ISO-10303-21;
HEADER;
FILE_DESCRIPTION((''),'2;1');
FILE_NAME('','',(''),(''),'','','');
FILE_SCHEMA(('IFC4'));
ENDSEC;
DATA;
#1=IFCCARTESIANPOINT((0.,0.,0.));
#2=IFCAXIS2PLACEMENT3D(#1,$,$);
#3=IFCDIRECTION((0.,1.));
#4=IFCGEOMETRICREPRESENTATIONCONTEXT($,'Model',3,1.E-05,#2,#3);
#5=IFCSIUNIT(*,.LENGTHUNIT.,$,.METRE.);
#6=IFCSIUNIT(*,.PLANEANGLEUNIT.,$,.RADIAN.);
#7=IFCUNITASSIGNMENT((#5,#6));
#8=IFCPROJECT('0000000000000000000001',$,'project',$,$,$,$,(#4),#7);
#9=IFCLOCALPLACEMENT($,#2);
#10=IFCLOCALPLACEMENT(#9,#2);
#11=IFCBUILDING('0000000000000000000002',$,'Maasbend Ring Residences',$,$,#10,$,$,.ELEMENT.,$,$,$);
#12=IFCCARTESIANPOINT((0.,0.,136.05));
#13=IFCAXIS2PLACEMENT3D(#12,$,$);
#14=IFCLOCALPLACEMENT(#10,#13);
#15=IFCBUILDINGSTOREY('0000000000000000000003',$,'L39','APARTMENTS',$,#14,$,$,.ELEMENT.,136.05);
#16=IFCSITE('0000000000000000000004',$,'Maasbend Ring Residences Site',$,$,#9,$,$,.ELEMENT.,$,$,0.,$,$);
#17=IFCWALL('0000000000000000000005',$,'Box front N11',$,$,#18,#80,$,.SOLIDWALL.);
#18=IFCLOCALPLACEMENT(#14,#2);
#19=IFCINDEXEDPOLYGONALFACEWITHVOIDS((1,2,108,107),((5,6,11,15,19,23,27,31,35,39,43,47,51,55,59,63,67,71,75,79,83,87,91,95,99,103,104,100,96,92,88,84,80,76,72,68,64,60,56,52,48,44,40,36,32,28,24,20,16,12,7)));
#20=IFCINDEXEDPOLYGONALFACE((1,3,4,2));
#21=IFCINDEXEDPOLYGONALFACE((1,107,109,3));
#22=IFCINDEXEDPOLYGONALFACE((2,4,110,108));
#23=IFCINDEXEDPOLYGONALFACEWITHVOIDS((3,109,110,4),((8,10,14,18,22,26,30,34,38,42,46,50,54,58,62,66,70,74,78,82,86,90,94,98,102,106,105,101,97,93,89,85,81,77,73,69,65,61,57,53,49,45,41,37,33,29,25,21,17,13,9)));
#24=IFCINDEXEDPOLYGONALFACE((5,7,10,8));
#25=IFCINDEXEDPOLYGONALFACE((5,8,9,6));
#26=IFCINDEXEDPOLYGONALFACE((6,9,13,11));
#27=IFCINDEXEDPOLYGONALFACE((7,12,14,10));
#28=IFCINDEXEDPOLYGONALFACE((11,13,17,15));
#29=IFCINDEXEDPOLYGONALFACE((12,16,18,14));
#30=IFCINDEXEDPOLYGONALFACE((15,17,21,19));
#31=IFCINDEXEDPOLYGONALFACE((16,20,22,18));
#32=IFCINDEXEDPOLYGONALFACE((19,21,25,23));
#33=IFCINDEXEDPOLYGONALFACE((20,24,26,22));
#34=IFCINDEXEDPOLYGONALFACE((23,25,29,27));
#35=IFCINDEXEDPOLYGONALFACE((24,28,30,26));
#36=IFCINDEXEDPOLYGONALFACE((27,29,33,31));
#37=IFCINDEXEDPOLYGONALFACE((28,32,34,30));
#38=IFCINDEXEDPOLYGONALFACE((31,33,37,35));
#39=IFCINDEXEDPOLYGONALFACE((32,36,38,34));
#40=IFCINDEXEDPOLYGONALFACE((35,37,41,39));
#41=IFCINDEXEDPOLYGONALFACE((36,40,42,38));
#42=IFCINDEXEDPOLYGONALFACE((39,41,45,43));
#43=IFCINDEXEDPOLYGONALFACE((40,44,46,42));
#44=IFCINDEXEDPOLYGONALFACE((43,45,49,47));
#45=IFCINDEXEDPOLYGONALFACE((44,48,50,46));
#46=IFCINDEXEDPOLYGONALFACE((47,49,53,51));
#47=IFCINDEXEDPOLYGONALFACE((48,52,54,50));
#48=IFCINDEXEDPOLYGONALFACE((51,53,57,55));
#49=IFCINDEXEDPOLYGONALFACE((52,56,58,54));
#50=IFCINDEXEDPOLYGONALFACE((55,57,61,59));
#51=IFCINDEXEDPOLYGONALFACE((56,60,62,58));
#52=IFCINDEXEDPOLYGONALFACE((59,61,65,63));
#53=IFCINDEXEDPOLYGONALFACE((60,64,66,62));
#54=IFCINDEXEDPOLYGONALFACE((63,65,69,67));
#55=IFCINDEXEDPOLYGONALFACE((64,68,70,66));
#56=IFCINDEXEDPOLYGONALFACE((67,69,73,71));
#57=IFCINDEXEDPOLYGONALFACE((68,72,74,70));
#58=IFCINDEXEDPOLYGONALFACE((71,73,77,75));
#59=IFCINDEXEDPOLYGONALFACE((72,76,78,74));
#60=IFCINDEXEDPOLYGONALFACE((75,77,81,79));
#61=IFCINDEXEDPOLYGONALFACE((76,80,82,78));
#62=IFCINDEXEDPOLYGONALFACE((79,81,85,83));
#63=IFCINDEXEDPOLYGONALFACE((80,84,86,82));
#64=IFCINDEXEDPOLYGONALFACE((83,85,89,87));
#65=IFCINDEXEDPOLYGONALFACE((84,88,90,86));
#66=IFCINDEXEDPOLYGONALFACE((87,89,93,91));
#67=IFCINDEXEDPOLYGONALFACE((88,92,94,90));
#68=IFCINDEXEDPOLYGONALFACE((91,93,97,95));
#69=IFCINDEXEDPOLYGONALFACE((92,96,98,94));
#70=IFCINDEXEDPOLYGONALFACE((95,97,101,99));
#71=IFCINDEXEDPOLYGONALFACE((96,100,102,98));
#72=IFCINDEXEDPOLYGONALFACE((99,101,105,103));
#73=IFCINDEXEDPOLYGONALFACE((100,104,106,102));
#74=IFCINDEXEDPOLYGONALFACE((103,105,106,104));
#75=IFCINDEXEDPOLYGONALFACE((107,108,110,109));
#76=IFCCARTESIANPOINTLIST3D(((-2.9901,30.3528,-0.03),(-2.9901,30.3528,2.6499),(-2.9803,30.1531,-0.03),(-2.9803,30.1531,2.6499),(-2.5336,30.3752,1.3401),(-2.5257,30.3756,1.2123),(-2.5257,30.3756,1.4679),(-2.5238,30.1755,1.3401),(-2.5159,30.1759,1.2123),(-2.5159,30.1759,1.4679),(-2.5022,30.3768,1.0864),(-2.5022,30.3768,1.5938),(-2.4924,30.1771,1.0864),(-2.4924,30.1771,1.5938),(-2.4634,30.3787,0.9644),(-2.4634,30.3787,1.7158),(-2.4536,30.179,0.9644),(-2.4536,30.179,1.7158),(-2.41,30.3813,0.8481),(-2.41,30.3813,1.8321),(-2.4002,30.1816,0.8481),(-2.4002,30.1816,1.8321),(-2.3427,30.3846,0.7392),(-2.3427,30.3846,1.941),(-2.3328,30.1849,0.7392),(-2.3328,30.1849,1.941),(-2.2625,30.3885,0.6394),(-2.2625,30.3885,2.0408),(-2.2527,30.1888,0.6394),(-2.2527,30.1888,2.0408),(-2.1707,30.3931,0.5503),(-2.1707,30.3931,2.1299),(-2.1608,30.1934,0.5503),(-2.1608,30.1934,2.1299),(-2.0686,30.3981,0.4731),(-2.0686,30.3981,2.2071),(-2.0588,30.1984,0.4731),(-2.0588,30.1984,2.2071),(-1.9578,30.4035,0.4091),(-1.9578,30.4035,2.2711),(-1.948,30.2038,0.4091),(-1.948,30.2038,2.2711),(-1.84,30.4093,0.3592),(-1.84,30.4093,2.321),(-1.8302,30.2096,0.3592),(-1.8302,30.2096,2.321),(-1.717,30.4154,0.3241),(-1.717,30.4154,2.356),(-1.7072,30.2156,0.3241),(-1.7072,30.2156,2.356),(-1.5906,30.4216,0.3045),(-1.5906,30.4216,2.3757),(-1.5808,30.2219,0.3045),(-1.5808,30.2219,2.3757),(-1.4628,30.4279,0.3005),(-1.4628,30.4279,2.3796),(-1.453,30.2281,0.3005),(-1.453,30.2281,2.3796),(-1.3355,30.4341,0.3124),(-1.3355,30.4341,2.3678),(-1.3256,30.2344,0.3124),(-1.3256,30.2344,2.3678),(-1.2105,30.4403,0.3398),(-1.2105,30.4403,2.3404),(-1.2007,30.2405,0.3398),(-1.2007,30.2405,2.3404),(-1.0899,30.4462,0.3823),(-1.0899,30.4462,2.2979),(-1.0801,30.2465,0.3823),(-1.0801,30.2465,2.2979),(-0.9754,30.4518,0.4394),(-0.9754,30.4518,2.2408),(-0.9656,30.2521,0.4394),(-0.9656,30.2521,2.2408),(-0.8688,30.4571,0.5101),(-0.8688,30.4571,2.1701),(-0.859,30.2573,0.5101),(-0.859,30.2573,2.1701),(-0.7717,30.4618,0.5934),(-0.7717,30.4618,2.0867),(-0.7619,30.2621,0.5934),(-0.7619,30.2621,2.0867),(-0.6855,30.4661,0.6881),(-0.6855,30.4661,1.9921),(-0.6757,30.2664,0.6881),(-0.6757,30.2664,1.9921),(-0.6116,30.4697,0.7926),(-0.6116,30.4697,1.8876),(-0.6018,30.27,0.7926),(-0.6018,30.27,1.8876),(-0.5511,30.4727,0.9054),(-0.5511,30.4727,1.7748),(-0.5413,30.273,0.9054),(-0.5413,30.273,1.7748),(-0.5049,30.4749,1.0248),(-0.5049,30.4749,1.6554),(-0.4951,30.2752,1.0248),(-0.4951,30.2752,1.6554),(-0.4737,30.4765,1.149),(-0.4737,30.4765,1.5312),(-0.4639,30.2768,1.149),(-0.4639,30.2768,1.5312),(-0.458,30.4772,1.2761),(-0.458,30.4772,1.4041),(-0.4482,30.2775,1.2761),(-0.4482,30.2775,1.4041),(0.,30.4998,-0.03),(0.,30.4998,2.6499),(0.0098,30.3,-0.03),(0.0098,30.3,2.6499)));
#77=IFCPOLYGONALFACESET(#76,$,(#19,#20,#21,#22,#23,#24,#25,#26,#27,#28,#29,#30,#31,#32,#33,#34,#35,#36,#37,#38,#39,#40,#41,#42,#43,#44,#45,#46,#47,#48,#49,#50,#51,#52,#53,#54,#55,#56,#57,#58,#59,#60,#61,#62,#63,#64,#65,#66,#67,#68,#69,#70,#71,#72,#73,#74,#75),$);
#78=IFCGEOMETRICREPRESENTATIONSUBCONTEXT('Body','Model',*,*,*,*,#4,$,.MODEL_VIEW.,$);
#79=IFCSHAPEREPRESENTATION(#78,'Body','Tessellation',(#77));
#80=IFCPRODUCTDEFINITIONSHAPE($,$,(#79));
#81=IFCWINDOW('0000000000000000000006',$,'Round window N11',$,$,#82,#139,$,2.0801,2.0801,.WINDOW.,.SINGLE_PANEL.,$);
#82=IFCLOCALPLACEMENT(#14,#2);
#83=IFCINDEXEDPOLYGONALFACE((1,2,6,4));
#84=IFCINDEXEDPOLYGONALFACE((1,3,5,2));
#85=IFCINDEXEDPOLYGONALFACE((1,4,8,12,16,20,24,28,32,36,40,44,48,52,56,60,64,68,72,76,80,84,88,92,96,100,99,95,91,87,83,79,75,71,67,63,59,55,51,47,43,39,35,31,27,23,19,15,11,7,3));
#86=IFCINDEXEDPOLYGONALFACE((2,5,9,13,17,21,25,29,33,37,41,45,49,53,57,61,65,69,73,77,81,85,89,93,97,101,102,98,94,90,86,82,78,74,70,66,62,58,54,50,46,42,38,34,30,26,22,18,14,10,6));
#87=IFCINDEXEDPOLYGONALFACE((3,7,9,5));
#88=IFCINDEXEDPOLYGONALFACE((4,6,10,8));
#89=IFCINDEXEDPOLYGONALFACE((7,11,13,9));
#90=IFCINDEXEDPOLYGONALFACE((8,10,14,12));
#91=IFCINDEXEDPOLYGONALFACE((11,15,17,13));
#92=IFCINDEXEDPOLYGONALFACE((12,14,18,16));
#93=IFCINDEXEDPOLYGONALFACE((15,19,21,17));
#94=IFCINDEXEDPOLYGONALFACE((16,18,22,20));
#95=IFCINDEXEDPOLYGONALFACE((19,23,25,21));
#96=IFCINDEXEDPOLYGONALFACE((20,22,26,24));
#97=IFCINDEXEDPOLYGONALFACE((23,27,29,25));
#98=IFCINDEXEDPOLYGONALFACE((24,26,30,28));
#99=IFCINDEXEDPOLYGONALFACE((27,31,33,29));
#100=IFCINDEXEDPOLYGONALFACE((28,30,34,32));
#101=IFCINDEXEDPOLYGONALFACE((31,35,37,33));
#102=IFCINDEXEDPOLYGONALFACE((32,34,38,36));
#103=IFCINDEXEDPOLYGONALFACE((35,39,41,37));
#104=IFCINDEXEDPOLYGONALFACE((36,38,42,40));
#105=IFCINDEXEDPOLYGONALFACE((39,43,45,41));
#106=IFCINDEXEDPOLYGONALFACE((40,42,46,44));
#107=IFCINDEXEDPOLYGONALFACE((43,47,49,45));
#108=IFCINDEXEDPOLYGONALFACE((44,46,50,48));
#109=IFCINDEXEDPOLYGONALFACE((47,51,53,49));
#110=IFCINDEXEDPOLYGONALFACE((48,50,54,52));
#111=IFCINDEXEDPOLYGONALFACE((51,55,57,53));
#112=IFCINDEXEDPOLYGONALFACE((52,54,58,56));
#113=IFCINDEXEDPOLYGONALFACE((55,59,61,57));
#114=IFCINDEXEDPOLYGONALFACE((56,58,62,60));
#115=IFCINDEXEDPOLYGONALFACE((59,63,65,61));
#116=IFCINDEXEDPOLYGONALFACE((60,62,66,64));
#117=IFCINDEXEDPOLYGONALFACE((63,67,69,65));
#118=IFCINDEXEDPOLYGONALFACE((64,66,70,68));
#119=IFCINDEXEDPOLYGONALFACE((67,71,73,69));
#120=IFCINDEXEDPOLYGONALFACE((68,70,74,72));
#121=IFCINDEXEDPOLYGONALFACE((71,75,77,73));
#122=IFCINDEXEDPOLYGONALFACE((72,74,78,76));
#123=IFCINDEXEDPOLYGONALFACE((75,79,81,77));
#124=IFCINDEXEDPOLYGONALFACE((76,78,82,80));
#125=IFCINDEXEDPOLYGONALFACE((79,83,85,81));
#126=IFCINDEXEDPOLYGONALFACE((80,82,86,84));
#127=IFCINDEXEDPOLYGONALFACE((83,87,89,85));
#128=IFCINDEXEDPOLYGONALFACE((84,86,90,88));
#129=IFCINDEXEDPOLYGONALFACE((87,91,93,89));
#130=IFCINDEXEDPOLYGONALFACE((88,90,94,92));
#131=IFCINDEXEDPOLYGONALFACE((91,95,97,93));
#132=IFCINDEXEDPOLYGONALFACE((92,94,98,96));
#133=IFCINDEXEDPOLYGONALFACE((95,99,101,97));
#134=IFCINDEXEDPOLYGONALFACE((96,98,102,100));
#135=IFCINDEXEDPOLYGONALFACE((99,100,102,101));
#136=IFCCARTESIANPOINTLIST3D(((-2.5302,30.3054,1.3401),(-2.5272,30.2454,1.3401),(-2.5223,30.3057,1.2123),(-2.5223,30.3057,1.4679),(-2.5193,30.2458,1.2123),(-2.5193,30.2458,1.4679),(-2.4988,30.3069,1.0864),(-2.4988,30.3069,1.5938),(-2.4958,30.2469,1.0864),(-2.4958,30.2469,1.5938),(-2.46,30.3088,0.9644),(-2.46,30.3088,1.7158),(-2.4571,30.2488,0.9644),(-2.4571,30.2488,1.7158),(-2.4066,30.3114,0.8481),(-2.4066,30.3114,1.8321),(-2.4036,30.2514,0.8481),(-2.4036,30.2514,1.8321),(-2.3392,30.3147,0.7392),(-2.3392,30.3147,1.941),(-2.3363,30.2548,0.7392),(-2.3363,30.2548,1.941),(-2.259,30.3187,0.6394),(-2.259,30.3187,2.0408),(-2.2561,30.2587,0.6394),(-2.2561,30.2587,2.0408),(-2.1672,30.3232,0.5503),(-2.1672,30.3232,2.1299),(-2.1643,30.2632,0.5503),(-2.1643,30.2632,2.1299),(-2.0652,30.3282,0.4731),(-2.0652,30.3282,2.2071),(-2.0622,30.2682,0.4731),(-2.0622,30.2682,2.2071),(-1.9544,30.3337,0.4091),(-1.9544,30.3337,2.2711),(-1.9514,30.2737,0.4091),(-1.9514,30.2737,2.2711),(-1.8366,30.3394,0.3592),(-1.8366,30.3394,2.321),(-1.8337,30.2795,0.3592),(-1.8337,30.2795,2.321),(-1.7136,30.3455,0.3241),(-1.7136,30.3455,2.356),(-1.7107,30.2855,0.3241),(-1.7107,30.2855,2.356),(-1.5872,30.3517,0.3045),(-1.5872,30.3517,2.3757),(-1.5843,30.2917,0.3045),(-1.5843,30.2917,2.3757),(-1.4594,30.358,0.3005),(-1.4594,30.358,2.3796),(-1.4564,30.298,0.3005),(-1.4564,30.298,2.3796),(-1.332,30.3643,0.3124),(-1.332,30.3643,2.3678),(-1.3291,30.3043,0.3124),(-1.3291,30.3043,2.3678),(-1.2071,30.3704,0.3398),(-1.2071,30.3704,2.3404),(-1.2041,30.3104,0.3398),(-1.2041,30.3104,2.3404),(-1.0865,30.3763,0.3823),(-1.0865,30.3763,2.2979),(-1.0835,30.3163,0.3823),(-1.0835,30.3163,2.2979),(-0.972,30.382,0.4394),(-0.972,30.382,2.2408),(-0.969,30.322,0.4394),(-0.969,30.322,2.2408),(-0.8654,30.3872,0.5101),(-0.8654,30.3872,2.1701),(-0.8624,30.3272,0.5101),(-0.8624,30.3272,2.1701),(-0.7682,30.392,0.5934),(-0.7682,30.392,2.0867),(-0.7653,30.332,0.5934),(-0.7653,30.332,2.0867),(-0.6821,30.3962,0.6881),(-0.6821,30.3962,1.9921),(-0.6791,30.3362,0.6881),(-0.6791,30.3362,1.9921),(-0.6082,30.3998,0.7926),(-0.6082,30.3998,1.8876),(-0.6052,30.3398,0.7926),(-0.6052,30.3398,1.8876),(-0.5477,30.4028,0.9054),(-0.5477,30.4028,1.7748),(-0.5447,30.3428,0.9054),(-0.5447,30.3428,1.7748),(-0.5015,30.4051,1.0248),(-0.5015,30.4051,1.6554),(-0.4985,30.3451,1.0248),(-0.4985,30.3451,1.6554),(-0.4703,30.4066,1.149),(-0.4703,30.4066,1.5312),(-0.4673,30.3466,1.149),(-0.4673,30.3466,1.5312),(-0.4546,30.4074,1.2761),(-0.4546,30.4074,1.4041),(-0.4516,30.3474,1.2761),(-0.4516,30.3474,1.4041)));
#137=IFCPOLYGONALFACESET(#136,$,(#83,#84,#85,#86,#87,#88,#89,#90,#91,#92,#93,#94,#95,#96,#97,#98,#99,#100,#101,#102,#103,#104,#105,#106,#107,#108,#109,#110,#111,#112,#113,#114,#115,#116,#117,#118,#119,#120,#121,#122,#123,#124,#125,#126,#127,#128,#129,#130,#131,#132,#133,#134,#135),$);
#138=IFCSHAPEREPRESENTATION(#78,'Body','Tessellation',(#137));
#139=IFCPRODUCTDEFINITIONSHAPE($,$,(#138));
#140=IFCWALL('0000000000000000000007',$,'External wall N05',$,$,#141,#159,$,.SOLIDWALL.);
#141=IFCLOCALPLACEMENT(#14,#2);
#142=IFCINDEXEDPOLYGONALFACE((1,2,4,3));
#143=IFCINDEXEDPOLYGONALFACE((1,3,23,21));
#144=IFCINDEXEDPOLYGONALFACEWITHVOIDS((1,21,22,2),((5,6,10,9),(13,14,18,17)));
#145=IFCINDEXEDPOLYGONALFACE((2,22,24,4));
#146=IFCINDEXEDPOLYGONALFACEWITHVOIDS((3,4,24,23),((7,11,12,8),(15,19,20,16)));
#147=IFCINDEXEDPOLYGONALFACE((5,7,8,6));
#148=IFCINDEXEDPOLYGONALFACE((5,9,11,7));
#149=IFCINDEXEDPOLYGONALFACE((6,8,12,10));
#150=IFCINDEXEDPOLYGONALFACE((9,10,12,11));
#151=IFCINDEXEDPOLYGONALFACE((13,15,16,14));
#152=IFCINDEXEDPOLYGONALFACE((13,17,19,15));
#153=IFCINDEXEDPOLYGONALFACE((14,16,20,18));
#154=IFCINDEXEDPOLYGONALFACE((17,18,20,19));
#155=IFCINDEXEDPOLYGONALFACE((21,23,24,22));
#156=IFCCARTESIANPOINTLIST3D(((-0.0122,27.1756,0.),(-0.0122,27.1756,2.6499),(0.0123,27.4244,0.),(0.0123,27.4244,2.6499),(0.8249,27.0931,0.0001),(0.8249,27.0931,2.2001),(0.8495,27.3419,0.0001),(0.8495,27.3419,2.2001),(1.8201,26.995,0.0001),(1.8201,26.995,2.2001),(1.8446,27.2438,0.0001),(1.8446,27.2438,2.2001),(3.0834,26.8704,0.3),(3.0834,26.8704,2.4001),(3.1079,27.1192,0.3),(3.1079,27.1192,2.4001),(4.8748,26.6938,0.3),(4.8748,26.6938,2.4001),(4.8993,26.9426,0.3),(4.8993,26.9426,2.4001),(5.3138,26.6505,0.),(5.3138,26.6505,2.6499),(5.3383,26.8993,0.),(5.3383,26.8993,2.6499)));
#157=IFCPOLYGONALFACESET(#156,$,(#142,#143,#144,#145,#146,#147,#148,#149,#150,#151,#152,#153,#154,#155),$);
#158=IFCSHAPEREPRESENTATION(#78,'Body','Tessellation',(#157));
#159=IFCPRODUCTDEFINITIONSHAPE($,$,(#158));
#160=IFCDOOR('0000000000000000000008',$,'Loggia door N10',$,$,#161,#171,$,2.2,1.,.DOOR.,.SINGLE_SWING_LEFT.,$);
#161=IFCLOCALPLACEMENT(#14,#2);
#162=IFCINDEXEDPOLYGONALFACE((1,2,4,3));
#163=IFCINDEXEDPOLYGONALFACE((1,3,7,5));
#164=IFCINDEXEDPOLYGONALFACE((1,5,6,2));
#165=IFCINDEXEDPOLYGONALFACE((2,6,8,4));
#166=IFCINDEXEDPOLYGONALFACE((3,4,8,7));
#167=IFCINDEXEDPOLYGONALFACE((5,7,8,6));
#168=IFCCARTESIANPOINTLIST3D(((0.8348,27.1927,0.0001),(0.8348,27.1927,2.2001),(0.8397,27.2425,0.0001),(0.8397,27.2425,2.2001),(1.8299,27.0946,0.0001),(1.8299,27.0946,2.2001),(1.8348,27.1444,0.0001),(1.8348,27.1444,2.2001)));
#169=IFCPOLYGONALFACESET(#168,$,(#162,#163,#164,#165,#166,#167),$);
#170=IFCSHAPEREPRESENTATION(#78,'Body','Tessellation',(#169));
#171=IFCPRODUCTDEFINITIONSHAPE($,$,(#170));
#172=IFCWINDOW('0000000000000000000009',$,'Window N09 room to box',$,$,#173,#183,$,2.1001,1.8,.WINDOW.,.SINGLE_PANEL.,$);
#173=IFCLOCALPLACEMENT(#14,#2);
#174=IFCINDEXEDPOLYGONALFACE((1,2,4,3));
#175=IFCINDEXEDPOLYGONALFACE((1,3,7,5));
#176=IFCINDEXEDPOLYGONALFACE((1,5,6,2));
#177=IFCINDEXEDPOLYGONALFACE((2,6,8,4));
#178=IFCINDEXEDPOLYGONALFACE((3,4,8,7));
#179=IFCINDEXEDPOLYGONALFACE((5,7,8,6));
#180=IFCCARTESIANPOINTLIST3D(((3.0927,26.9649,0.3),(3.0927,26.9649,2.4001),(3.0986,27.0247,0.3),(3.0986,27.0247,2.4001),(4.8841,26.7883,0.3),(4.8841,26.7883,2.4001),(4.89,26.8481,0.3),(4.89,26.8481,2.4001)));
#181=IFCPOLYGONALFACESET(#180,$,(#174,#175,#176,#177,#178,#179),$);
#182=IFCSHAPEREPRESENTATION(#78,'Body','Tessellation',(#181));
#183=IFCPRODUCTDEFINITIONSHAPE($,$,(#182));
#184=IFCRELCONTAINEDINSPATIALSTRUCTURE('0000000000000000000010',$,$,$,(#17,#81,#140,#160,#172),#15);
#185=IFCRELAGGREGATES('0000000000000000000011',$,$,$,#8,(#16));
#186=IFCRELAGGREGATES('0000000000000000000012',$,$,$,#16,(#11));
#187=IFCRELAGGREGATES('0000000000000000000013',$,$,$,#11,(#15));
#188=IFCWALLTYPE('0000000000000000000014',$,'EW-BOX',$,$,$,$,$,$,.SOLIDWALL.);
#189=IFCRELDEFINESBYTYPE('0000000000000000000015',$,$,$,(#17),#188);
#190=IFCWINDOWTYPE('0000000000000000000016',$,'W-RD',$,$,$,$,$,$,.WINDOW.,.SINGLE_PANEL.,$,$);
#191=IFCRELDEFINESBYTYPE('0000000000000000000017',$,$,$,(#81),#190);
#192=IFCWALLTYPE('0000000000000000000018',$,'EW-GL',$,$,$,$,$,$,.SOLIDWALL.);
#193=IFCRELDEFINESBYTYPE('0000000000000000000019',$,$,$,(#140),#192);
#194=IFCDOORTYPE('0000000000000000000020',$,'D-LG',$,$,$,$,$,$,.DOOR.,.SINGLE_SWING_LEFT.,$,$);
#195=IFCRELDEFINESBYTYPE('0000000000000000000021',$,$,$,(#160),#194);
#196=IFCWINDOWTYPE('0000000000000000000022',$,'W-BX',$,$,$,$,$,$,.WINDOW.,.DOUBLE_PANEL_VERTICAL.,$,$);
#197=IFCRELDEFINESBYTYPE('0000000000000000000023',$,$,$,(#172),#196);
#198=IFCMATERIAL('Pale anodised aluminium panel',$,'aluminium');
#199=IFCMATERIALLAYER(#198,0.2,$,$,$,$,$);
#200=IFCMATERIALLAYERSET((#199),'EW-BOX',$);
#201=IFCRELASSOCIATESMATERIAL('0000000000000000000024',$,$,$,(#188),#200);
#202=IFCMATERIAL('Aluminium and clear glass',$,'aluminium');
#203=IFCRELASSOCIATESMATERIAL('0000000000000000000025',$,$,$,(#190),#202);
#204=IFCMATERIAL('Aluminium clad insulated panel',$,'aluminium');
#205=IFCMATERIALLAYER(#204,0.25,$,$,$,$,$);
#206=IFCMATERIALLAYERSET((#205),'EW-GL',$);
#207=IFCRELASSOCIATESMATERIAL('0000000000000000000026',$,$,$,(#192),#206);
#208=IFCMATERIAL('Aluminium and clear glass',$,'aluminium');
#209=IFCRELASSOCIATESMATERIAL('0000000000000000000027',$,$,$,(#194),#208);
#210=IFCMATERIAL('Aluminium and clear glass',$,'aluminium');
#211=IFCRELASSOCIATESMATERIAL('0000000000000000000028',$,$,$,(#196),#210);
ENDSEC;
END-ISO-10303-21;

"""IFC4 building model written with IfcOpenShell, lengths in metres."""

from ifc_helpers import new_model, si_unit, direction, frame, frame_2d, origin, place, context, subcontext, project, spatial, rectangle, circle, extrude, material, layer, layer_set, type_object, element, fill, save


model = new_model("IFC4")

# Units and contexts
model_context = context("Model", 3, precision=1e-05, world=origin(), true_north=direction((0.0, 1.0)))
body_context = subcontext(model_context, "Body", "Model", "MODEL_VIEW")
ifc_project = project(units=[si_unit("LENGTHUNIT", "METRE"), si_unit("PLANEANGLEUNIT", "RADIAN")], contexts=[model_context])

# Site, building, storey
site_placement = place(None, origin())
site = spatial("IfcSite", under=ifc_project, at=site_placement, Name="Maasbend Ring Residences Site", CompositionType="ELEMENT", RefElevation=0.0)
building_placement = place(site_placement, origin())
building = spatial("IfcBuilding", under=site, at=building_placement, Name="Maasbend Ring Residences", CompositionType="ELEMENT")
storey_placement = place(building_placement, frame((0.0, 0.0, 136.05)))
storey = spatial("IfcBuildingStorey", under=building, at=storey_placement, Name="L39", Description="APARTMENTS", CompositionType="ELEMENT", Elevation=136.05)

# Shared definitions
ifc_material_1 = material(Name="Pale anodised aluminium panel", Category="aluminium")
ifc_layer_1 = layer(ifc_material_1, 0.2)
ifc_layer_set_1 = layer_set([ifc_layer_1], Name="EW-BOX")
wall_type_1 = type_object("IfcWallType", Name="EW-BOX", PredefinedType="SOLIDWALL", material=ifc_layer_set_1)

# Shared definitions
ifc_material_2 = material(Name="Aluminium and clear glass", Category="aluminium")
window_type_1 = type_object("IfcWindowType", Name="W-RD", PartitioningType="SINGLE_PANEL", PredefinedType="WINDOW", material=ifc_material_2)

# Wall, opening, window
wall_1_placement = place(storey_placement, frame((0.0049, 30.3999, -0.03), z_axis=(0.0, 0.0, 1.0), x_axis=(-0.998794, -0.049096, 0.0)))
wall_1 = element("IfcWall", 1, at=wall_1_placement, inside=storey, type_object=wall_type_1, Name="Box front N11", PredefinedType="SOLIDWALL", context=body_context, shape_type="SweptSolid", body=[
    extrude(rectangle(XDim=2.9937, YDim=0.2, at=frame_2d((1.4968, 0.0))), origin(), (0.0, 0.0, 1.0), 2.6799),
])
opening_1_placement = place(wall_1_placement, frame((0.4565, 0.0, 0.3301)))
opening_1 = element("IfcOpeningElement", 2, at=opening_1_placement, cuts=wall_1, PredefinedType="OPENING", context=body_context, shape_type="SweptSolid", body=[
    extrude(circle(Radius=1.04, at=frame_2d((1.04, 1.04))), frame((0.0, 0.1099, 0.0), z_axis=(0.0, -1.0, 0.0), x_axis=(1.0, 0.0, 0.0)), (0.0, 0.0, 1.0), 0.22),
])
window_1_placement = place(opening_1_placement, origin())
window_1 = element("IfcWindow", 3, at=window_1_placement, inside=storey, type_object=window_type_1, Name="Round window N11", OverallHeight=2.0801, OverallWidth=2.0801, PartitioningType="SINGLE_PANEL", PredefinedType="WINDOW", context=body_context, shape_type="SweptSolid", body=[
    extrude(circle(Radius=1.04, at=frame_2d((1.04, 1.04))), frame((0.0, 0.03, 0.0), z_axis=(0.0, -1.0, 0.0), x_axis=(1.0, 0.0, 0.0)), (0.0, 0.0, 1.0), 0.0601),
])
fill(opening_1, window_1)

# Wall, openings, door, window
ifc_material_3 = material(Name="Aluminium clad insulated panel", Category="aluminium")
ifc_layer_2 = layer(ifc_material_3, 0.25)
ifc_layer_set_2 = layer_set([ifc_layer_2], Name="EW-GL")
wall_type_2 = type_object("IfcWallType", Name="EW-GL", PredefinedType="SOLIDWALL", material=ifc_layer_set_2)
wall_2_placement = place(storey_placement, frame((5.3259, 26.7749, 0.0), z_axis=(0.0, 0.0, 1.0), x_axis=(-0.995174, 0.098126, 0.0)))
wall_2 = element("IfcWall", 4, at=wall_2_placement, inside=storey, type_object=wall_type_2, Name="External wall N05", PredefinedType="SOLIDWALL", context=body_context, shape_type="SweptSolid", body=[
    extrude(rectangle(XDim=5.3518, YDim=0.25, at=frame_2d((2.6758, 0.0))), origin(), (0.0, 0.0, 1.0), 2.6499),
])
opening_2_placement = place(wall_2_placement, frame((0.4412, 0.0, 0.3)))
opening_2 = element("IfcOpeningElement", 5, at=opening_2_placement, cuts=wall_2, PredefinedType="OPENING", context=body_context, shape_type="SweptSolid", body=[
    extrude(rectangle(XDim=1.8, YDim=2.1001, at=frame_2d((0.8999, 1.05))), frame((0.0, 0.135, 0.0), z_axis=(0.0, -1.0, 0.0), x_axis=(1.0, 0.0, 0.0)), (0.0, 0.0, 1.0), 0.27),
])
opening_3_placement = place(wall_2_placement, frame((3.5105, 0.0, 0.0)))
opening_3 = element("IfcOpeningElement", 6, at=opening_3_placement, cuts=wall_2, PredefinedType="OPENING", context=body_context, shape_type="SweptSolid", body=[
    extrude(rectangle(XDim=1.0, YDim=2.2, at=frame_2d((0.5, 1.1001))), frame((0.0, 0.135, 0.0), z_axis=(0.0, -1.0, 0.0), x_axis=(1.0, 0.0, 0.0)), (0.0, 0.0, 1.0), 0.27),
])
ifc_material_4 = material(Name="Aluminium and clear glass", Category="aluminium")
door_type_1 = type_object("IfcDoorType", Name="D-LG", OperationType="SINGLE_SWING_LEFT", PredefinedType="DOOR", material=ifc_material_4)
door_1_placement = place(opening_3_placement, origin())
door_1 = element("IfcDoor", 7, at=door_1_placement, inside=storey, type_object=door_type_1, Name="Loggia door N10", OperationType="SINGLE_SWING_LEFT", OverallHeight=2.2, OverallWidth=1.0, PredefinedType="DOOR", context=body_context, shape_type="SweptSolid", body=[
    extrude(rectangle(XDim=1.0, YDim=2.2, at=frame_2d((0.5, 1.1001))), frame((0.0, 0.0249, 0.0), z_axis=(0.0, -1.0, 0.0), x_axis=(1.0, 0.0, 0.0)), (0.0, 0.0, 1.0), 0.05),
])
fill(opening_3, door_1)
ifc_material_5 = material(Name="Aluminium and clear glass", Category="aluminium")
window_type_2 = type_object("IfcWindowType", Name="W-BX", PartitioningType="DOUBLE_PANEL_VERTICAL", PredefinedType="WINDOW", material=ifc_material_5)
window_2_placement = place(opening_2_placement, origin())
window_2 = element("IfcWindow", 8, at=window_2_placement, inside=storey, type_object=window_type_2, Name="Window N09 room to box", OverallHeight=2.1001, OverallWidth=1.8, PartitioningType="SINGLE_PANEL", PredefinedType="WINDOW", context=body_context, shape_type="SweptSolid", body=[
    extrude(rectangle(XDim=1.8, YDim=2.1001, at=frame_2d((0.8999, 1.05))), frame((0.0, 0.03, 0.0), z_axis=(0.0, -1.0, 0.0), x_axis=(1.0, 0.0, 0.0)), (0.0, 0.0, 1.0), 0.0601),
])
fill(opening_2, window_2)

save(model, "model.ifc")
